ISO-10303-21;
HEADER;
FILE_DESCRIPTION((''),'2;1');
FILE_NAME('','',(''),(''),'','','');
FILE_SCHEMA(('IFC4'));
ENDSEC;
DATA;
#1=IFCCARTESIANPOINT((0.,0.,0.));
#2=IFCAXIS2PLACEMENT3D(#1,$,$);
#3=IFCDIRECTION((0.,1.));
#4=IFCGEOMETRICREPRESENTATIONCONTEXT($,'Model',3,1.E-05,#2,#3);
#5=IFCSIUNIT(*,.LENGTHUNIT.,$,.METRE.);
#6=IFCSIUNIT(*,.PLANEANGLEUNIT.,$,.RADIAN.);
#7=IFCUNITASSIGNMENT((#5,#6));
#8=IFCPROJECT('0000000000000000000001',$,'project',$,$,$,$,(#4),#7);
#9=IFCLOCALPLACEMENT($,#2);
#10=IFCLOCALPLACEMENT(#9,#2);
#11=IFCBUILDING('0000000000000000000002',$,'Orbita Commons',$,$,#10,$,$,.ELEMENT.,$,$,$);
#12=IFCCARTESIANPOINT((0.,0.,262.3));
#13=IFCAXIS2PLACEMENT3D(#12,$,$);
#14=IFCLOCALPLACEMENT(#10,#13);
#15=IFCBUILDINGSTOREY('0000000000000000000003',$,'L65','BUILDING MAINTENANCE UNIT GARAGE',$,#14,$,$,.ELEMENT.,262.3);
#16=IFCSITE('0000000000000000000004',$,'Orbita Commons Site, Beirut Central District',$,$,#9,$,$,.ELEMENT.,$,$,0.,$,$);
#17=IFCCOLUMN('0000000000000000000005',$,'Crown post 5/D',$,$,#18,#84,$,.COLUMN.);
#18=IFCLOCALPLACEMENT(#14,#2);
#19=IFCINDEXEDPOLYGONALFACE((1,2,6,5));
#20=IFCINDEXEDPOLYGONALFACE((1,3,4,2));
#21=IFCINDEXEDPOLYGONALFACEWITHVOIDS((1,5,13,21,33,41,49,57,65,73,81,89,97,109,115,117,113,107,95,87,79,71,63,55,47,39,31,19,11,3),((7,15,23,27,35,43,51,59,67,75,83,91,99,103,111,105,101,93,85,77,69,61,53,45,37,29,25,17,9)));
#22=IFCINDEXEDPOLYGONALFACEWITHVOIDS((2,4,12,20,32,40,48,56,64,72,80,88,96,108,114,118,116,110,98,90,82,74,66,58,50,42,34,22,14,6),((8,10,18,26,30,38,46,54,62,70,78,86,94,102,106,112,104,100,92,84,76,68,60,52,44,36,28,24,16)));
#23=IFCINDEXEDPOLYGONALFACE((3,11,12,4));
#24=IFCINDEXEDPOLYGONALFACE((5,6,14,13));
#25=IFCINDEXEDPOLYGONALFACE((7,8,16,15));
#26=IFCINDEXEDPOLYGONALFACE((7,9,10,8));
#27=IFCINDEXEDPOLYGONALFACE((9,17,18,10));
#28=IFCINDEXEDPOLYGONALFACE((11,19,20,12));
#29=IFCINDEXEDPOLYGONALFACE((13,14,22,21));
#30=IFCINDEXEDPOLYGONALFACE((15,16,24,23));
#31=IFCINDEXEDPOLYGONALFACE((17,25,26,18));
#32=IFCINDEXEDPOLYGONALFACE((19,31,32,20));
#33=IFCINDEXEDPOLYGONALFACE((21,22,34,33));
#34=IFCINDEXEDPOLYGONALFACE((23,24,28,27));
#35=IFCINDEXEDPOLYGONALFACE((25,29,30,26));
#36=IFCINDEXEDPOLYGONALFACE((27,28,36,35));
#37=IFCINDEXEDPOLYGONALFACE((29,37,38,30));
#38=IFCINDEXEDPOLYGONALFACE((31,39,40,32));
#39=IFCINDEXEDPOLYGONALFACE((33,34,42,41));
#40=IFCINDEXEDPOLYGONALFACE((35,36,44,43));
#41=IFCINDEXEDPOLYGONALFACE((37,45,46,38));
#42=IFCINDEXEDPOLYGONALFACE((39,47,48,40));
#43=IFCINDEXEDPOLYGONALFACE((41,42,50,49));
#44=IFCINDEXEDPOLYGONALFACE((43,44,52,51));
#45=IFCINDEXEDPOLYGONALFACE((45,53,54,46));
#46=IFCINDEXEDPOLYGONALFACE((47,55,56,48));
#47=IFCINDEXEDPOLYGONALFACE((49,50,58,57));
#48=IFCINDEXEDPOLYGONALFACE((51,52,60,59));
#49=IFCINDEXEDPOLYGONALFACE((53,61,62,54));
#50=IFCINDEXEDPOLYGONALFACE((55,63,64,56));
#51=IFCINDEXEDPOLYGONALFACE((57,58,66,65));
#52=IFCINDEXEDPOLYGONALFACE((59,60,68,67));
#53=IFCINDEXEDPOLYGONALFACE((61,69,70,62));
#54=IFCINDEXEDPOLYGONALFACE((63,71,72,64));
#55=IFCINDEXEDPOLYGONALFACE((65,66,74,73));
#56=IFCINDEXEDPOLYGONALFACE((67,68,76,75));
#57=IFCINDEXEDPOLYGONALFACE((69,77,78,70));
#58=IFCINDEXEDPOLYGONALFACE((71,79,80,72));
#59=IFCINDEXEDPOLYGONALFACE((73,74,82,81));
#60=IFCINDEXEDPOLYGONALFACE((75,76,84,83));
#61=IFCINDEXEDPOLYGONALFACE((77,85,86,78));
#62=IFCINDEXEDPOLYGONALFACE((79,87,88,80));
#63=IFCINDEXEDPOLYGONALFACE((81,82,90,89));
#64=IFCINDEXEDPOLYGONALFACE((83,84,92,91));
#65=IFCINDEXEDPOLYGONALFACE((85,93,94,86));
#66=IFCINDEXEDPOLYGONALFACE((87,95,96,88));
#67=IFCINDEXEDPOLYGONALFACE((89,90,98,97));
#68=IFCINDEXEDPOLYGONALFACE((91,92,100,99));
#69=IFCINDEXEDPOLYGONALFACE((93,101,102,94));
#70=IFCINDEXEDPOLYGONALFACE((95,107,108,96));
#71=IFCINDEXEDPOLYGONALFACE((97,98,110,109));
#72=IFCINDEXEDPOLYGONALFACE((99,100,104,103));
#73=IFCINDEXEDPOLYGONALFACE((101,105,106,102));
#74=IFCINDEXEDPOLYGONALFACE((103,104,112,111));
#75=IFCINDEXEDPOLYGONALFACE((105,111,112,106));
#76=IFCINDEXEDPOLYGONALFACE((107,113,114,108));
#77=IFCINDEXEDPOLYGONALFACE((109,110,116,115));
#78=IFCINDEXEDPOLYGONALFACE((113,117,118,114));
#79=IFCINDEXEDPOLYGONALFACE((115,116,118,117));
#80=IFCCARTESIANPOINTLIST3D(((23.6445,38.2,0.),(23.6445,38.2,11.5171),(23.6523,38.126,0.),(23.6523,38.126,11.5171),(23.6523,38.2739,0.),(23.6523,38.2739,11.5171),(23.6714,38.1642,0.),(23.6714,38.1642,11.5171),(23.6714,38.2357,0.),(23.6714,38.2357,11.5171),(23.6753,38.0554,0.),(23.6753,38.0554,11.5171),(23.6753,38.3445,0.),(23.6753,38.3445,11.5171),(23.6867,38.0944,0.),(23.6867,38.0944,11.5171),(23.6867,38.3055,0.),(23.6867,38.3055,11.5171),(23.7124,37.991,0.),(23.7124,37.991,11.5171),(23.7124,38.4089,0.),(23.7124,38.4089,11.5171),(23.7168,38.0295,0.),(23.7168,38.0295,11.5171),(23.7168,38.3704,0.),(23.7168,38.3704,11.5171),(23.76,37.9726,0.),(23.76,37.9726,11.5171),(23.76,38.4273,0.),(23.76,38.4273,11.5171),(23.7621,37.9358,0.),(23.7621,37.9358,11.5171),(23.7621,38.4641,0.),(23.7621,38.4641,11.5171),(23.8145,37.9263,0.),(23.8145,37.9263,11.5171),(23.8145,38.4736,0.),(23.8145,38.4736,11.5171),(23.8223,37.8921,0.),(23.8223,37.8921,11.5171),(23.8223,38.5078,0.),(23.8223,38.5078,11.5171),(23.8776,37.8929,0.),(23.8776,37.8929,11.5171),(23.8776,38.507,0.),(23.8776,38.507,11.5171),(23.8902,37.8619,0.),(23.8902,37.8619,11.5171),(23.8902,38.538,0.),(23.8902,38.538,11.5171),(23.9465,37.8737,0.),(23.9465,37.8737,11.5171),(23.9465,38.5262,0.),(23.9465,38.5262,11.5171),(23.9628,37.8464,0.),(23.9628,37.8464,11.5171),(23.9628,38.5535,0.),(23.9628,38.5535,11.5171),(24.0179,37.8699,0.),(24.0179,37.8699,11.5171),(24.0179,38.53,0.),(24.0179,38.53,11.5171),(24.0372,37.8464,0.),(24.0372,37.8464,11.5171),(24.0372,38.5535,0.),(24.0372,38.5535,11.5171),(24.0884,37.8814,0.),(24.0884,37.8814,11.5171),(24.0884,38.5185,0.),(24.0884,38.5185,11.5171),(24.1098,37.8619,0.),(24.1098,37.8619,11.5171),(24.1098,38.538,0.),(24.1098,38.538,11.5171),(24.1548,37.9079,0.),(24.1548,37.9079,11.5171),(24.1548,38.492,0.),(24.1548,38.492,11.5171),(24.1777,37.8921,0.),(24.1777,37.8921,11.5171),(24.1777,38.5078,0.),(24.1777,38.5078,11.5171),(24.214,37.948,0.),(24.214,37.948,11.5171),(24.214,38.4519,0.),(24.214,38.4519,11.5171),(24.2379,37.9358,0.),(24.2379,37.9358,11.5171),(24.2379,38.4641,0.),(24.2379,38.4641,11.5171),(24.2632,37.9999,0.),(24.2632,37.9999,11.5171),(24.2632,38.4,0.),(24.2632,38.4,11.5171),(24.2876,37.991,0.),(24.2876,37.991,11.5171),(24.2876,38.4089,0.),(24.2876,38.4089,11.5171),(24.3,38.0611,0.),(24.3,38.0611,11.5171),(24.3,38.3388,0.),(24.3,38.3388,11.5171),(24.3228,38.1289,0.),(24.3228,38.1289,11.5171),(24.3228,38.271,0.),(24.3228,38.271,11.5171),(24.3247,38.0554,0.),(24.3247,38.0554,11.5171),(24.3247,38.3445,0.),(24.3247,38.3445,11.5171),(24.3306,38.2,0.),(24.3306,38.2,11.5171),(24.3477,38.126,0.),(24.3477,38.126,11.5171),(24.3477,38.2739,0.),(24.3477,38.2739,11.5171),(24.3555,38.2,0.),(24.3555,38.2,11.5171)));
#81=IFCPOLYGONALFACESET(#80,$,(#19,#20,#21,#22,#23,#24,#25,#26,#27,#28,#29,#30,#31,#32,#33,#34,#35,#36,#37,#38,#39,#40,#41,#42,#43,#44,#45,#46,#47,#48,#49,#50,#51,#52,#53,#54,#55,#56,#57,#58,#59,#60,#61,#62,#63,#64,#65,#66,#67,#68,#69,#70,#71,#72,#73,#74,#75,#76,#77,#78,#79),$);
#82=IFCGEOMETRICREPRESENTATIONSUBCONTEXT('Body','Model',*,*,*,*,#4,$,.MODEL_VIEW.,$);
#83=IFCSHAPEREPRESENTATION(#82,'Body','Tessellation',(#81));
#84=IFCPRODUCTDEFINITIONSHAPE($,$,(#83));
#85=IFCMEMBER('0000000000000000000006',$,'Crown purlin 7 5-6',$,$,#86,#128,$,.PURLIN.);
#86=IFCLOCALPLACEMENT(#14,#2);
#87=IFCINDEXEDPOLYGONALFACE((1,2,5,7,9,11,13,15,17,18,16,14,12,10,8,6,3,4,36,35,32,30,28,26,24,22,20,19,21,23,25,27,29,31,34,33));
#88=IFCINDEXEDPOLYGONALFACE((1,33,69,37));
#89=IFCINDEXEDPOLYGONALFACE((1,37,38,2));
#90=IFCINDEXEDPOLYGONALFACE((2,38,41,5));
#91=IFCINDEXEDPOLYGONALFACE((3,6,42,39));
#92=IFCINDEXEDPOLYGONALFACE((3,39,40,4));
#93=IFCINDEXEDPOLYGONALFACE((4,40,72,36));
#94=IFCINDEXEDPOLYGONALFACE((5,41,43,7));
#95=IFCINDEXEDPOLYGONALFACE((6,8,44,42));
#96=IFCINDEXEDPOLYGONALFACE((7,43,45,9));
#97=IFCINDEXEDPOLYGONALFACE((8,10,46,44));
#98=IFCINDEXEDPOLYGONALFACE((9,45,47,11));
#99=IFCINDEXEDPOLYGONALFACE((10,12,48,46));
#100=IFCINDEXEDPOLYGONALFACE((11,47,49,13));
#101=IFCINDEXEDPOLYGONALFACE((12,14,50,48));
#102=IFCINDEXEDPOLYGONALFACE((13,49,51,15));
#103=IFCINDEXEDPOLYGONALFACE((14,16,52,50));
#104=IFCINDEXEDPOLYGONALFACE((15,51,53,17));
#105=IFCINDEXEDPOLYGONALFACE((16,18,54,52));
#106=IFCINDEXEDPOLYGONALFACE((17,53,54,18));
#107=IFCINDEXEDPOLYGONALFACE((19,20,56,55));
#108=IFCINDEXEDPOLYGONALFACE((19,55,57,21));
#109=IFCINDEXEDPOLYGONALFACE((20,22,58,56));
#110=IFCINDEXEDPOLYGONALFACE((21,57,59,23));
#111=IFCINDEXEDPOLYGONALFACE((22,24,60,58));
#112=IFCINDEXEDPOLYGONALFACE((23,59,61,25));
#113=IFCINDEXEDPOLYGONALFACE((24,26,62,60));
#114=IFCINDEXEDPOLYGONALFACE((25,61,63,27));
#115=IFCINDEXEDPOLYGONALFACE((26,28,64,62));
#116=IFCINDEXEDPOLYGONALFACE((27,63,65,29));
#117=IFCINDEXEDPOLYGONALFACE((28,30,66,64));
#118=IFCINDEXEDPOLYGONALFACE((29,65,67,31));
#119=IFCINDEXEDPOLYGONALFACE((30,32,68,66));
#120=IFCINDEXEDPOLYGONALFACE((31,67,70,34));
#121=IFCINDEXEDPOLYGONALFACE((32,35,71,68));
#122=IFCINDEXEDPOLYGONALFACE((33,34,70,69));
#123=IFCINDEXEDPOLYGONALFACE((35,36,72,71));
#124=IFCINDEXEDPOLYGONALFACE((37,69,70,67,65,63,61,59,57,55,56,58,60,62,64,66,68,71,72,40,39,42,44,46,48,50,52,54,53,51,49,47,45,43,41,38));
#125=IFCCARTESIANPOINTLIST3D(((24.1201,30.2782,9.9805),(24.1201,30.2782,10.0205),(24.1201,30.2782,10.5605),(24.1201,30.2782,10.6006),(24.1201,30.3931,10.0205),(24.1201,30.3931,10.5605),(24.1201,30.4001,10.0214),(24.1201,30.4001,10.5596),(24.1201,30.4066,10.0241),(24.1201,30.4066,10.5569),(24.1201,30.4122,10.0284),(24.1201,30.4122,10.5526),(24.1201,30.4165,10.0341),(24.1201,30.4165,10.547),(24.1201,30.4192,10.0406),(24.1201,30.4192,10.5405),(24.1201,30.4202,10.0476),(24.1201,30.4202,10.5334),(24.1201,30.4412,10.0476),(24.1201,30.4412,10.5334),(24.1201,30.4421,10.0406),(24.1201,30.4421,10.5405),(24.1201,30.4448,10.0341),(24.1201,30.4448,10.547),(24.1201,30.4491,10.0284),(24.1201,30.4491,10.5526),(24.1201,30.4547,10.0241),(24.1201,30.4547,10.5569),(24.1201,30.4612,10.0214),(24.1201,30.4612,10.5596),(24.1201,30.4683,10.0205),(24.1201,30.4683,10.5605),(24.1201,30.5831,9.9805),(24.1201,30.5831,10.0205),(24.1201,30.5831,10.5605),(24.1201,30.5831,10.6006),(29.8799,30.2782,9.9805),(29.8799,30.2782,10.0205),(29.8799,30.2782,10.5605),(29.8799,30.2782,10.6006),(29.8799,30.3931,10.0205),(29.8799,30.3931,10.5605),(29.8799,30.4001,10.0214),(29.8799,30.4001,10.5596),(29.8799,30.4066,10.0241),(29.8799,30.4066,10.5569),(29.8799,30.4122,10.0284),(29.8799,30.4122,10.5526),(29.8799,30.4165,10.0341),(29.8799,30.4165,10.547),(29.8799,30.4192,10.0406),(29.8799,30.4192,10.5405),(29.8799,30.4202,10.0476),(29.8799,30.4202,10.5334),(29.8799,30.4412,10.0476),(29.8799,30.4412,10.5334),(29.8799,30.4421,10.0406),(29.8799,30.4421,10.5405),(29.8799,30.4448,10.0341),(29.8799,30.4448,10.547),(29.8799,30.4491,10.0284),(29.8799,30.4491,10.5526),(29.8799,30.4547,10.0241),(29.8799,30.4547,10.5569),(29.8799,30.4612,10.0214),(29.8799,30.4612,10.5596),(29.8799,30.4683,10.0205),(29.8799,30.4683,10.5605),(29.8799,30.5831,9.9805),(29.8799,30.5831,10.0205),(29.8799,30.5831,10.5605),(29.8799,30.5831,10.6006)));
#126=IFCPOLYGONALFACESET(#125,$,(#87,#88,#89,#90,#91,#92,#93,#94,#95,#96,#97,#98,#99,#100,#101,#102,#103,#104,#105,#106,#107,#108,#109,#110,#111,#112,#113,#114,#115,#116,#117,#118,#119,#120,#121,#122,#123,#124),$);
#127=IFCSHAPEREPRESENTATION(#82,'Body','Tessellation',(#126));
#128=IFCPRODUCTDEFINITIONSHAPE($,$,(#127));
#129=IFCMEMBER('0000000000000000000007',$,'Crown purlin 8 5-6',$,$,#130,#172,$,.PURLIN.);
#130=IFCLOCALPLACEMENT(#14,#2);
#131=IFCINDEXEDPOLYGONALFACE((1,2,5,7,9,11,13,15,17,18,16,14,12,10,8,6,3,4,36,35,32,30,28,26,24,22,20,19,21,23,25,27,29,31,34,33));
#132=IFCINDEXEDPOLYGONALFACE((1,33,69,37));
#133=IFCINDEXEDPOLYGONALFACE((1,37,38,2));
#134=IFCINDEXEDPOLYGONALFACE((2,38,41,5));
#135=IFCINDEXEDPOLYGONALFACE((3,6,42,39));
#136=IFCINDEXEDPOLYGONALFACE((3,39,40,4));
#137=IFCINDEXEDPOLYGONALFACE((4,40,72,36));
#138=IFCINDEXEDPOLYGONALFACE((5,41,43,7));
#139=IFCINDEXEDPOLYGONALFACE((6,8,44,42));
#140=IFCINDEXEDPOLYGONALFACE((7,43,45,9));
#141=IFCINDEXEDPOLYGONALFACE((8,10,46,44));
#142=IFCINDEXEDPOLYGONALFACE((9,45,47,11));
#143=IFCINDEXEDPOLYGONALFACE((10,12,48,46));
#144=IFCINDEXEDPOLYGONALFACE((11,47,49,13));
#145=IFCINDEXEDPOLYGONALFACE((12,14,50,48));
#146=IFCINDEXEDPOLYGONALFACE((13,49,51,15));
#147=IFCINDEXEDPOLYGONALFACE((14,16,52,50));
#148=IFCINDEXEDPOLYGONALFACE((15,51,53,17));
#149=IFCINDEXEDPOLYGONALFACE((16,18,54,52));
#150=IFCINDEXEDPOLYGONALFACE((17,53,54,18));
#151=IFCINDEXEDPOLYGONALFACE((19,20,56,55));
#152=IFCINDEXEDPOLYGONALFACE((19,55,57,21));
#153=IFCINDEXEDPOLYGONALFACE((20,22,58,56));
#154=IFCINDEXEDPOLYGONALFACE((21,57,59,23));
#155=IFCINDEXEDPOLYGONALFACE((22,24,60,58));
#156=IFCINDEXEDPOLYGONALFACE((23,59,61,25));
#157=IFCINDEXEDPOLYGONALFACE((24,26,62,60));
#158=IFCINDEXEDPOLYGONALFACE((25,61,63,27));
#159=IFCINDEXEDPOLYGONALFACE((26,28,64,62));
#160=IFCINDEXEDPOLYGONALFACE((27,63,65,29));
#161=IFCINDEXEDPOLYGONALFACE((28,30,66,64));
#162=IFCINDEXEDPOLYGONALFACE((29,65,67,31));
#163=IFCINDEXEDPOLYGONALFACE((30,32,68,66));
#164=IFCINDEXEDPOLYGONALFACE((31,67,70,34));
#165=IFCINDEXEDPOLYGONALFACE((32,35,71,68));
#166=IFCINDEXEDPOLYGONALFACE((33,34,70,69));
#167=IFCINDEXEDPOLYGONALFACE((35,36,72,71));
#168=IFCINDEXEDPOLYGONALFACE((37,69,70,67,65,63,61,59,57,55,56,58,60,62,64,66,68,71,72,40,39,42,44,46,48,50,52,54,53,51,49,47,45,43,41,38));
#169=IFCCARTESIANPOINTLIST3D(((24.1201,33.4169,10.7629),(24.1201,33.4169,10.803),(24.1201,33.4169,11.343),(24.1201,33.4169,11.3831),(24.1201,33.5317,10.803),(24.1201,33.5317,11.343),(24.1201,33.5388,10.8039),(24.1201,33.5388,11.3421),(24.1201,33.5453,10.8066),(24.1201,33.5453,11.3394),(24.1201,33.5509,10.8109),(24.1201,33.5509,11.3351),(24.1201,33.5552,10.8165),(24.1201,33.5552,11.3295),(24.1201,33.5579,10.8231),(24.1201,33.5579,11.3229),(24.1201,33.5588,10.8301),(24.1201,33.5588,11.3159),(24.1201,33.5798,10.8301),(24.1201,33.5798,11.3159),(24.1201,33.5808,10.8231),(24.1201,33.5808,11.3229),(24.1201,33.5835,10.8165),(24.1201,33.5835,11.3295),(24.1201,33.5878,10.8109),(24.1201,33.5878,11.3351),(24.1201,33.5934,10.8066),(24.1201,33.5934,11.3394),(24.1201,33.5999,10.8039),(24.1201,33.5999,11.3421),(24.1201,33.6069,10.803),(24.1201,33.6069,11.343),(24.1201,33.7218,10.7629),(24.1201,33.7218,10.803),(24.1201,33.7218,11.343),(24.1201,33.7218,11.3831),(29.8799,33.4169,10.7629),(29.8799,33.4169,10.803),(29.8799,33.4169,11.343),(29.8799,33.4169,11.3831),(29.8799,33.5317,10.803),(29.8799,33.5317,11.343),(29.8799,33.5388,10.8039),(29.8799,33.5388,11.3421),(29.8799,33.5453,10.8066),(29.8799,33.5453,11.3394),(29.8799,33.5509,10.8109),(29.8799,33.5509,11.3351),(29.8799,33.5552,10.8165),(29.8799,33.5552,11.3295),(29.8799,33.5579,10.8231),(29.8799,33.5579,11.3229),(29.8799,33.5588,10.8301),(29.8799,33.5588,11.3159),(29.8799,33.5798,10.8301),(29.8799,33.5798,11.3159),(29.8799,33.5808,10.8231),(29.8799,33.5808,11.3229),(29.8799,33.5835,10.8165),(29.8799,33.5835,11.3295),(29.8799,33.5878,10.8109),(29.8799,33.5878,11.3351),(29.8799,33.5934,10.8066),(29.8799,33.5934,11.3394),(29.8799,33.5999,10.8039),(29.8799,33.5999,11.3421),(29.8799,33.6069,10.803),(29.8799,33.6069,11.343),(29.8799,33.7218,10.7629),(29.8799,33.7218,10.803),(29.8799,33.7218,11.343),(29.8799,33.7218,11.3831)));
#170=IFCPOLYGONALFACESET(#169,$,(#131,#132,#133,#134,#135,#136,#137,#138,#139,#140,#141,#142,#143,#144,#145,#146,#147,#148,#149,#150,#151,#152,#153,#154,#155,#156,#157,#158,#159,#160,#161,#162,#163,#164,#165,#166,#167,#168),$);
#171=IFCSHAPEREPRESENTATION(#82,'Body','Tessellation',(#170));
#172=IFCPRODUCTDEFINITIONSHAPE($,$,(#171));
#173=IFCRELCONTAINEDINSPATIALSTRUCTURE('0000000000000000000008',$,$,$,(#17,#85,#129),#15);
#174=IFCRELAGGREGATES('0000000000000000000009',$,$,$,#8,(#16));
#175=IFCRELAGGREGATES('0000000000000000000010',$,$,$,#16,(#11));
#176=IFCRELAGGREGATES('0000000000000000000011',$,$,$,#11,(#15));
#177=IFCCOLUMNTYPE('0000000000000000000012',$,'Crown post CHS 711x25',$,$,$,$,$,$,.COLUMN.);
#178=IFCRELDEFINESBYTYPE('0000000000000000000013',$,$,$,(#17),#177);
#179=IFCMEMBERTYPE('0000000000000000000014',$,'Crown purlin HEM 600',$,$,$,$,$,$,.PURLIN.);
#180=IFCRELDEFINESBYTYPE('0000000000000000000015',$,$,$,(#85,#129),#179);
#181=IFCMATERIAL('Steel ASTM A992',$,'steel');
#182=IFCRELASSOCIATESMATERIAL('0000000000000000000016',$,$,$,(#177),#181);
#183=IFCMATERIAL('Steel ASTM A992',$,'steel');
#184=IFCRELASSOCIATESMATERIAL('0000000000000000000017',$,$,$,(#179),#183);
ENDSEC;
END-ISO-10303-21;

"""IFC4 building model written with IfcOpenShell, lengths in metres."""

from ifc_helpers import new_model, si_unit, direction, frame, origin, origin_2d, place, context, subcontext, project, spatial, hollow_circle, i_section, extrude, material, material_profile, profile_set, type_object, element, save


model = new_model("IFC4")

# Units and contexts
model_context = context("Model", 3, precision=1e-05, world=origin(), true_north=direction((0.0, 1.0)))
body_context = subcontext(model_context, "Body", "Model", "MODEL_VIEW")
ifc_project = project(units=[si_unit("LENGTHUNIT", "METRE"), si_unit("PLANEANGLEUNIT", "RADIAN")], contexts=[model_context])

# Site, building, storey
site_placement = place(None, origin())
site = spatial("IfcSite", under=ifc_project, at=site_placement, Name="Orbita Commons Site, Beirut Central District", CompositionType="ELEMENT", RefElevation=0.0)
building_placement = place(site_placement, origin())
building = spatial("IfcBuilding", under=site, at=building_placement, Name="Orbita Commons", CompositionType="ELEMENT")
storey_placement = place(building_placement, frame((0.0, 0.0, 262.3)))
storey = spatial("IfcBuildingStorey", under=building, at=storey_placement, Name="L65", Description="BUILDING MAINTENANCE UNIT GARAGE", CompositionType="ELEMENT", Elevation=262.3)

# Column
ifc_material_1 = material(Name="Steel ASTM A992", Category="steel")
ifc_material_profile_1 = material_profile(ifc_material_1, hollow_circle(Radius=0.3555, WallThickness=0.0249, at=origin_2d()), Name="CHS 711x25")
ifc_profile_set_1 = profile_set([ifc_material_profile_1], Name="Steel ASTM A992")
column_type = type_object("IfcColumnType", Name="Crown post CHS 711x25", PredefinedType="COLUMN", material=ifc_profile_set_1)
column_placement = place(storey_placement, frame((24.0, 38.2, 0.0), z_axis=(0.0, 0.0, 1.0), x_axis=(1.0, 0.0, 0.0)))
element("IfcColumn", 1, at=column_placement, inside=storey, type_object=column_type, Name="Crown post 5/D", PredefinedType="COLUMN", context=body_context, shape_type="SweptSolid", body=[
    extrude(hollow_circle(Radius=0.3555, WallThickness=0.0249, at=origin_2d()), origin(), (0.0, 0.0, 1.0), 11.5171),
])

# Members
ifc_material_2 = material(Name="Steel ASTM A992", Category="steel")
ifc_material_profile_2 = material_profile(ifc_material_2, i_section(OverallWidth=0.3049, OverallDepth=0.6201, WebThickness=0.021, FlangeThickness=0.04, FilletRadius=0.0271, at=origin_2d()), Name="HEM 600")
ifc_profile_set_2 = profile_set([ifc_material_profile_2], Name="Steel ASTM A992")
member_type_1 = type_object("IfcMemberType", Name="Crown purlin HEM 600", PredefinedType="PURLIN", material=ifc_profile_set_2)
for number, where, z_axis, x_axis, name in (
    (2, (24.1201, 30.4307, 10.2905), (1.0, 0.0, 0.0), (0.0, 1.0, 0.0), "Crown purlin 7 5-6"),
    (3, (24.1201, 33.5693, 11.073), (1.0, 0.0, 0.0), (0.0, 1.0, 0.0), "Crown purlin 8 5-6"),
):
    element("IfcMember", number, at=place(storey_placement, frame(where, z_axis=z_axis, x_axis=x_axis)), inside=storey, type_object=member_type_1, Name=name, PredefinedType="PURLIN", context=body_context, shape_type="SweptSolid", body=[
        extrude(i_section(OverallWidth=0.3049, OverallDepth=0.6201, WebThickness=0.021, FlangeThickness=0.04, FilletRadius=0.0271, at=origin_2d()), origin(), (0.0, 0.0, 1.0), 5.7598),
    ])

save(model, "model.ifc")
